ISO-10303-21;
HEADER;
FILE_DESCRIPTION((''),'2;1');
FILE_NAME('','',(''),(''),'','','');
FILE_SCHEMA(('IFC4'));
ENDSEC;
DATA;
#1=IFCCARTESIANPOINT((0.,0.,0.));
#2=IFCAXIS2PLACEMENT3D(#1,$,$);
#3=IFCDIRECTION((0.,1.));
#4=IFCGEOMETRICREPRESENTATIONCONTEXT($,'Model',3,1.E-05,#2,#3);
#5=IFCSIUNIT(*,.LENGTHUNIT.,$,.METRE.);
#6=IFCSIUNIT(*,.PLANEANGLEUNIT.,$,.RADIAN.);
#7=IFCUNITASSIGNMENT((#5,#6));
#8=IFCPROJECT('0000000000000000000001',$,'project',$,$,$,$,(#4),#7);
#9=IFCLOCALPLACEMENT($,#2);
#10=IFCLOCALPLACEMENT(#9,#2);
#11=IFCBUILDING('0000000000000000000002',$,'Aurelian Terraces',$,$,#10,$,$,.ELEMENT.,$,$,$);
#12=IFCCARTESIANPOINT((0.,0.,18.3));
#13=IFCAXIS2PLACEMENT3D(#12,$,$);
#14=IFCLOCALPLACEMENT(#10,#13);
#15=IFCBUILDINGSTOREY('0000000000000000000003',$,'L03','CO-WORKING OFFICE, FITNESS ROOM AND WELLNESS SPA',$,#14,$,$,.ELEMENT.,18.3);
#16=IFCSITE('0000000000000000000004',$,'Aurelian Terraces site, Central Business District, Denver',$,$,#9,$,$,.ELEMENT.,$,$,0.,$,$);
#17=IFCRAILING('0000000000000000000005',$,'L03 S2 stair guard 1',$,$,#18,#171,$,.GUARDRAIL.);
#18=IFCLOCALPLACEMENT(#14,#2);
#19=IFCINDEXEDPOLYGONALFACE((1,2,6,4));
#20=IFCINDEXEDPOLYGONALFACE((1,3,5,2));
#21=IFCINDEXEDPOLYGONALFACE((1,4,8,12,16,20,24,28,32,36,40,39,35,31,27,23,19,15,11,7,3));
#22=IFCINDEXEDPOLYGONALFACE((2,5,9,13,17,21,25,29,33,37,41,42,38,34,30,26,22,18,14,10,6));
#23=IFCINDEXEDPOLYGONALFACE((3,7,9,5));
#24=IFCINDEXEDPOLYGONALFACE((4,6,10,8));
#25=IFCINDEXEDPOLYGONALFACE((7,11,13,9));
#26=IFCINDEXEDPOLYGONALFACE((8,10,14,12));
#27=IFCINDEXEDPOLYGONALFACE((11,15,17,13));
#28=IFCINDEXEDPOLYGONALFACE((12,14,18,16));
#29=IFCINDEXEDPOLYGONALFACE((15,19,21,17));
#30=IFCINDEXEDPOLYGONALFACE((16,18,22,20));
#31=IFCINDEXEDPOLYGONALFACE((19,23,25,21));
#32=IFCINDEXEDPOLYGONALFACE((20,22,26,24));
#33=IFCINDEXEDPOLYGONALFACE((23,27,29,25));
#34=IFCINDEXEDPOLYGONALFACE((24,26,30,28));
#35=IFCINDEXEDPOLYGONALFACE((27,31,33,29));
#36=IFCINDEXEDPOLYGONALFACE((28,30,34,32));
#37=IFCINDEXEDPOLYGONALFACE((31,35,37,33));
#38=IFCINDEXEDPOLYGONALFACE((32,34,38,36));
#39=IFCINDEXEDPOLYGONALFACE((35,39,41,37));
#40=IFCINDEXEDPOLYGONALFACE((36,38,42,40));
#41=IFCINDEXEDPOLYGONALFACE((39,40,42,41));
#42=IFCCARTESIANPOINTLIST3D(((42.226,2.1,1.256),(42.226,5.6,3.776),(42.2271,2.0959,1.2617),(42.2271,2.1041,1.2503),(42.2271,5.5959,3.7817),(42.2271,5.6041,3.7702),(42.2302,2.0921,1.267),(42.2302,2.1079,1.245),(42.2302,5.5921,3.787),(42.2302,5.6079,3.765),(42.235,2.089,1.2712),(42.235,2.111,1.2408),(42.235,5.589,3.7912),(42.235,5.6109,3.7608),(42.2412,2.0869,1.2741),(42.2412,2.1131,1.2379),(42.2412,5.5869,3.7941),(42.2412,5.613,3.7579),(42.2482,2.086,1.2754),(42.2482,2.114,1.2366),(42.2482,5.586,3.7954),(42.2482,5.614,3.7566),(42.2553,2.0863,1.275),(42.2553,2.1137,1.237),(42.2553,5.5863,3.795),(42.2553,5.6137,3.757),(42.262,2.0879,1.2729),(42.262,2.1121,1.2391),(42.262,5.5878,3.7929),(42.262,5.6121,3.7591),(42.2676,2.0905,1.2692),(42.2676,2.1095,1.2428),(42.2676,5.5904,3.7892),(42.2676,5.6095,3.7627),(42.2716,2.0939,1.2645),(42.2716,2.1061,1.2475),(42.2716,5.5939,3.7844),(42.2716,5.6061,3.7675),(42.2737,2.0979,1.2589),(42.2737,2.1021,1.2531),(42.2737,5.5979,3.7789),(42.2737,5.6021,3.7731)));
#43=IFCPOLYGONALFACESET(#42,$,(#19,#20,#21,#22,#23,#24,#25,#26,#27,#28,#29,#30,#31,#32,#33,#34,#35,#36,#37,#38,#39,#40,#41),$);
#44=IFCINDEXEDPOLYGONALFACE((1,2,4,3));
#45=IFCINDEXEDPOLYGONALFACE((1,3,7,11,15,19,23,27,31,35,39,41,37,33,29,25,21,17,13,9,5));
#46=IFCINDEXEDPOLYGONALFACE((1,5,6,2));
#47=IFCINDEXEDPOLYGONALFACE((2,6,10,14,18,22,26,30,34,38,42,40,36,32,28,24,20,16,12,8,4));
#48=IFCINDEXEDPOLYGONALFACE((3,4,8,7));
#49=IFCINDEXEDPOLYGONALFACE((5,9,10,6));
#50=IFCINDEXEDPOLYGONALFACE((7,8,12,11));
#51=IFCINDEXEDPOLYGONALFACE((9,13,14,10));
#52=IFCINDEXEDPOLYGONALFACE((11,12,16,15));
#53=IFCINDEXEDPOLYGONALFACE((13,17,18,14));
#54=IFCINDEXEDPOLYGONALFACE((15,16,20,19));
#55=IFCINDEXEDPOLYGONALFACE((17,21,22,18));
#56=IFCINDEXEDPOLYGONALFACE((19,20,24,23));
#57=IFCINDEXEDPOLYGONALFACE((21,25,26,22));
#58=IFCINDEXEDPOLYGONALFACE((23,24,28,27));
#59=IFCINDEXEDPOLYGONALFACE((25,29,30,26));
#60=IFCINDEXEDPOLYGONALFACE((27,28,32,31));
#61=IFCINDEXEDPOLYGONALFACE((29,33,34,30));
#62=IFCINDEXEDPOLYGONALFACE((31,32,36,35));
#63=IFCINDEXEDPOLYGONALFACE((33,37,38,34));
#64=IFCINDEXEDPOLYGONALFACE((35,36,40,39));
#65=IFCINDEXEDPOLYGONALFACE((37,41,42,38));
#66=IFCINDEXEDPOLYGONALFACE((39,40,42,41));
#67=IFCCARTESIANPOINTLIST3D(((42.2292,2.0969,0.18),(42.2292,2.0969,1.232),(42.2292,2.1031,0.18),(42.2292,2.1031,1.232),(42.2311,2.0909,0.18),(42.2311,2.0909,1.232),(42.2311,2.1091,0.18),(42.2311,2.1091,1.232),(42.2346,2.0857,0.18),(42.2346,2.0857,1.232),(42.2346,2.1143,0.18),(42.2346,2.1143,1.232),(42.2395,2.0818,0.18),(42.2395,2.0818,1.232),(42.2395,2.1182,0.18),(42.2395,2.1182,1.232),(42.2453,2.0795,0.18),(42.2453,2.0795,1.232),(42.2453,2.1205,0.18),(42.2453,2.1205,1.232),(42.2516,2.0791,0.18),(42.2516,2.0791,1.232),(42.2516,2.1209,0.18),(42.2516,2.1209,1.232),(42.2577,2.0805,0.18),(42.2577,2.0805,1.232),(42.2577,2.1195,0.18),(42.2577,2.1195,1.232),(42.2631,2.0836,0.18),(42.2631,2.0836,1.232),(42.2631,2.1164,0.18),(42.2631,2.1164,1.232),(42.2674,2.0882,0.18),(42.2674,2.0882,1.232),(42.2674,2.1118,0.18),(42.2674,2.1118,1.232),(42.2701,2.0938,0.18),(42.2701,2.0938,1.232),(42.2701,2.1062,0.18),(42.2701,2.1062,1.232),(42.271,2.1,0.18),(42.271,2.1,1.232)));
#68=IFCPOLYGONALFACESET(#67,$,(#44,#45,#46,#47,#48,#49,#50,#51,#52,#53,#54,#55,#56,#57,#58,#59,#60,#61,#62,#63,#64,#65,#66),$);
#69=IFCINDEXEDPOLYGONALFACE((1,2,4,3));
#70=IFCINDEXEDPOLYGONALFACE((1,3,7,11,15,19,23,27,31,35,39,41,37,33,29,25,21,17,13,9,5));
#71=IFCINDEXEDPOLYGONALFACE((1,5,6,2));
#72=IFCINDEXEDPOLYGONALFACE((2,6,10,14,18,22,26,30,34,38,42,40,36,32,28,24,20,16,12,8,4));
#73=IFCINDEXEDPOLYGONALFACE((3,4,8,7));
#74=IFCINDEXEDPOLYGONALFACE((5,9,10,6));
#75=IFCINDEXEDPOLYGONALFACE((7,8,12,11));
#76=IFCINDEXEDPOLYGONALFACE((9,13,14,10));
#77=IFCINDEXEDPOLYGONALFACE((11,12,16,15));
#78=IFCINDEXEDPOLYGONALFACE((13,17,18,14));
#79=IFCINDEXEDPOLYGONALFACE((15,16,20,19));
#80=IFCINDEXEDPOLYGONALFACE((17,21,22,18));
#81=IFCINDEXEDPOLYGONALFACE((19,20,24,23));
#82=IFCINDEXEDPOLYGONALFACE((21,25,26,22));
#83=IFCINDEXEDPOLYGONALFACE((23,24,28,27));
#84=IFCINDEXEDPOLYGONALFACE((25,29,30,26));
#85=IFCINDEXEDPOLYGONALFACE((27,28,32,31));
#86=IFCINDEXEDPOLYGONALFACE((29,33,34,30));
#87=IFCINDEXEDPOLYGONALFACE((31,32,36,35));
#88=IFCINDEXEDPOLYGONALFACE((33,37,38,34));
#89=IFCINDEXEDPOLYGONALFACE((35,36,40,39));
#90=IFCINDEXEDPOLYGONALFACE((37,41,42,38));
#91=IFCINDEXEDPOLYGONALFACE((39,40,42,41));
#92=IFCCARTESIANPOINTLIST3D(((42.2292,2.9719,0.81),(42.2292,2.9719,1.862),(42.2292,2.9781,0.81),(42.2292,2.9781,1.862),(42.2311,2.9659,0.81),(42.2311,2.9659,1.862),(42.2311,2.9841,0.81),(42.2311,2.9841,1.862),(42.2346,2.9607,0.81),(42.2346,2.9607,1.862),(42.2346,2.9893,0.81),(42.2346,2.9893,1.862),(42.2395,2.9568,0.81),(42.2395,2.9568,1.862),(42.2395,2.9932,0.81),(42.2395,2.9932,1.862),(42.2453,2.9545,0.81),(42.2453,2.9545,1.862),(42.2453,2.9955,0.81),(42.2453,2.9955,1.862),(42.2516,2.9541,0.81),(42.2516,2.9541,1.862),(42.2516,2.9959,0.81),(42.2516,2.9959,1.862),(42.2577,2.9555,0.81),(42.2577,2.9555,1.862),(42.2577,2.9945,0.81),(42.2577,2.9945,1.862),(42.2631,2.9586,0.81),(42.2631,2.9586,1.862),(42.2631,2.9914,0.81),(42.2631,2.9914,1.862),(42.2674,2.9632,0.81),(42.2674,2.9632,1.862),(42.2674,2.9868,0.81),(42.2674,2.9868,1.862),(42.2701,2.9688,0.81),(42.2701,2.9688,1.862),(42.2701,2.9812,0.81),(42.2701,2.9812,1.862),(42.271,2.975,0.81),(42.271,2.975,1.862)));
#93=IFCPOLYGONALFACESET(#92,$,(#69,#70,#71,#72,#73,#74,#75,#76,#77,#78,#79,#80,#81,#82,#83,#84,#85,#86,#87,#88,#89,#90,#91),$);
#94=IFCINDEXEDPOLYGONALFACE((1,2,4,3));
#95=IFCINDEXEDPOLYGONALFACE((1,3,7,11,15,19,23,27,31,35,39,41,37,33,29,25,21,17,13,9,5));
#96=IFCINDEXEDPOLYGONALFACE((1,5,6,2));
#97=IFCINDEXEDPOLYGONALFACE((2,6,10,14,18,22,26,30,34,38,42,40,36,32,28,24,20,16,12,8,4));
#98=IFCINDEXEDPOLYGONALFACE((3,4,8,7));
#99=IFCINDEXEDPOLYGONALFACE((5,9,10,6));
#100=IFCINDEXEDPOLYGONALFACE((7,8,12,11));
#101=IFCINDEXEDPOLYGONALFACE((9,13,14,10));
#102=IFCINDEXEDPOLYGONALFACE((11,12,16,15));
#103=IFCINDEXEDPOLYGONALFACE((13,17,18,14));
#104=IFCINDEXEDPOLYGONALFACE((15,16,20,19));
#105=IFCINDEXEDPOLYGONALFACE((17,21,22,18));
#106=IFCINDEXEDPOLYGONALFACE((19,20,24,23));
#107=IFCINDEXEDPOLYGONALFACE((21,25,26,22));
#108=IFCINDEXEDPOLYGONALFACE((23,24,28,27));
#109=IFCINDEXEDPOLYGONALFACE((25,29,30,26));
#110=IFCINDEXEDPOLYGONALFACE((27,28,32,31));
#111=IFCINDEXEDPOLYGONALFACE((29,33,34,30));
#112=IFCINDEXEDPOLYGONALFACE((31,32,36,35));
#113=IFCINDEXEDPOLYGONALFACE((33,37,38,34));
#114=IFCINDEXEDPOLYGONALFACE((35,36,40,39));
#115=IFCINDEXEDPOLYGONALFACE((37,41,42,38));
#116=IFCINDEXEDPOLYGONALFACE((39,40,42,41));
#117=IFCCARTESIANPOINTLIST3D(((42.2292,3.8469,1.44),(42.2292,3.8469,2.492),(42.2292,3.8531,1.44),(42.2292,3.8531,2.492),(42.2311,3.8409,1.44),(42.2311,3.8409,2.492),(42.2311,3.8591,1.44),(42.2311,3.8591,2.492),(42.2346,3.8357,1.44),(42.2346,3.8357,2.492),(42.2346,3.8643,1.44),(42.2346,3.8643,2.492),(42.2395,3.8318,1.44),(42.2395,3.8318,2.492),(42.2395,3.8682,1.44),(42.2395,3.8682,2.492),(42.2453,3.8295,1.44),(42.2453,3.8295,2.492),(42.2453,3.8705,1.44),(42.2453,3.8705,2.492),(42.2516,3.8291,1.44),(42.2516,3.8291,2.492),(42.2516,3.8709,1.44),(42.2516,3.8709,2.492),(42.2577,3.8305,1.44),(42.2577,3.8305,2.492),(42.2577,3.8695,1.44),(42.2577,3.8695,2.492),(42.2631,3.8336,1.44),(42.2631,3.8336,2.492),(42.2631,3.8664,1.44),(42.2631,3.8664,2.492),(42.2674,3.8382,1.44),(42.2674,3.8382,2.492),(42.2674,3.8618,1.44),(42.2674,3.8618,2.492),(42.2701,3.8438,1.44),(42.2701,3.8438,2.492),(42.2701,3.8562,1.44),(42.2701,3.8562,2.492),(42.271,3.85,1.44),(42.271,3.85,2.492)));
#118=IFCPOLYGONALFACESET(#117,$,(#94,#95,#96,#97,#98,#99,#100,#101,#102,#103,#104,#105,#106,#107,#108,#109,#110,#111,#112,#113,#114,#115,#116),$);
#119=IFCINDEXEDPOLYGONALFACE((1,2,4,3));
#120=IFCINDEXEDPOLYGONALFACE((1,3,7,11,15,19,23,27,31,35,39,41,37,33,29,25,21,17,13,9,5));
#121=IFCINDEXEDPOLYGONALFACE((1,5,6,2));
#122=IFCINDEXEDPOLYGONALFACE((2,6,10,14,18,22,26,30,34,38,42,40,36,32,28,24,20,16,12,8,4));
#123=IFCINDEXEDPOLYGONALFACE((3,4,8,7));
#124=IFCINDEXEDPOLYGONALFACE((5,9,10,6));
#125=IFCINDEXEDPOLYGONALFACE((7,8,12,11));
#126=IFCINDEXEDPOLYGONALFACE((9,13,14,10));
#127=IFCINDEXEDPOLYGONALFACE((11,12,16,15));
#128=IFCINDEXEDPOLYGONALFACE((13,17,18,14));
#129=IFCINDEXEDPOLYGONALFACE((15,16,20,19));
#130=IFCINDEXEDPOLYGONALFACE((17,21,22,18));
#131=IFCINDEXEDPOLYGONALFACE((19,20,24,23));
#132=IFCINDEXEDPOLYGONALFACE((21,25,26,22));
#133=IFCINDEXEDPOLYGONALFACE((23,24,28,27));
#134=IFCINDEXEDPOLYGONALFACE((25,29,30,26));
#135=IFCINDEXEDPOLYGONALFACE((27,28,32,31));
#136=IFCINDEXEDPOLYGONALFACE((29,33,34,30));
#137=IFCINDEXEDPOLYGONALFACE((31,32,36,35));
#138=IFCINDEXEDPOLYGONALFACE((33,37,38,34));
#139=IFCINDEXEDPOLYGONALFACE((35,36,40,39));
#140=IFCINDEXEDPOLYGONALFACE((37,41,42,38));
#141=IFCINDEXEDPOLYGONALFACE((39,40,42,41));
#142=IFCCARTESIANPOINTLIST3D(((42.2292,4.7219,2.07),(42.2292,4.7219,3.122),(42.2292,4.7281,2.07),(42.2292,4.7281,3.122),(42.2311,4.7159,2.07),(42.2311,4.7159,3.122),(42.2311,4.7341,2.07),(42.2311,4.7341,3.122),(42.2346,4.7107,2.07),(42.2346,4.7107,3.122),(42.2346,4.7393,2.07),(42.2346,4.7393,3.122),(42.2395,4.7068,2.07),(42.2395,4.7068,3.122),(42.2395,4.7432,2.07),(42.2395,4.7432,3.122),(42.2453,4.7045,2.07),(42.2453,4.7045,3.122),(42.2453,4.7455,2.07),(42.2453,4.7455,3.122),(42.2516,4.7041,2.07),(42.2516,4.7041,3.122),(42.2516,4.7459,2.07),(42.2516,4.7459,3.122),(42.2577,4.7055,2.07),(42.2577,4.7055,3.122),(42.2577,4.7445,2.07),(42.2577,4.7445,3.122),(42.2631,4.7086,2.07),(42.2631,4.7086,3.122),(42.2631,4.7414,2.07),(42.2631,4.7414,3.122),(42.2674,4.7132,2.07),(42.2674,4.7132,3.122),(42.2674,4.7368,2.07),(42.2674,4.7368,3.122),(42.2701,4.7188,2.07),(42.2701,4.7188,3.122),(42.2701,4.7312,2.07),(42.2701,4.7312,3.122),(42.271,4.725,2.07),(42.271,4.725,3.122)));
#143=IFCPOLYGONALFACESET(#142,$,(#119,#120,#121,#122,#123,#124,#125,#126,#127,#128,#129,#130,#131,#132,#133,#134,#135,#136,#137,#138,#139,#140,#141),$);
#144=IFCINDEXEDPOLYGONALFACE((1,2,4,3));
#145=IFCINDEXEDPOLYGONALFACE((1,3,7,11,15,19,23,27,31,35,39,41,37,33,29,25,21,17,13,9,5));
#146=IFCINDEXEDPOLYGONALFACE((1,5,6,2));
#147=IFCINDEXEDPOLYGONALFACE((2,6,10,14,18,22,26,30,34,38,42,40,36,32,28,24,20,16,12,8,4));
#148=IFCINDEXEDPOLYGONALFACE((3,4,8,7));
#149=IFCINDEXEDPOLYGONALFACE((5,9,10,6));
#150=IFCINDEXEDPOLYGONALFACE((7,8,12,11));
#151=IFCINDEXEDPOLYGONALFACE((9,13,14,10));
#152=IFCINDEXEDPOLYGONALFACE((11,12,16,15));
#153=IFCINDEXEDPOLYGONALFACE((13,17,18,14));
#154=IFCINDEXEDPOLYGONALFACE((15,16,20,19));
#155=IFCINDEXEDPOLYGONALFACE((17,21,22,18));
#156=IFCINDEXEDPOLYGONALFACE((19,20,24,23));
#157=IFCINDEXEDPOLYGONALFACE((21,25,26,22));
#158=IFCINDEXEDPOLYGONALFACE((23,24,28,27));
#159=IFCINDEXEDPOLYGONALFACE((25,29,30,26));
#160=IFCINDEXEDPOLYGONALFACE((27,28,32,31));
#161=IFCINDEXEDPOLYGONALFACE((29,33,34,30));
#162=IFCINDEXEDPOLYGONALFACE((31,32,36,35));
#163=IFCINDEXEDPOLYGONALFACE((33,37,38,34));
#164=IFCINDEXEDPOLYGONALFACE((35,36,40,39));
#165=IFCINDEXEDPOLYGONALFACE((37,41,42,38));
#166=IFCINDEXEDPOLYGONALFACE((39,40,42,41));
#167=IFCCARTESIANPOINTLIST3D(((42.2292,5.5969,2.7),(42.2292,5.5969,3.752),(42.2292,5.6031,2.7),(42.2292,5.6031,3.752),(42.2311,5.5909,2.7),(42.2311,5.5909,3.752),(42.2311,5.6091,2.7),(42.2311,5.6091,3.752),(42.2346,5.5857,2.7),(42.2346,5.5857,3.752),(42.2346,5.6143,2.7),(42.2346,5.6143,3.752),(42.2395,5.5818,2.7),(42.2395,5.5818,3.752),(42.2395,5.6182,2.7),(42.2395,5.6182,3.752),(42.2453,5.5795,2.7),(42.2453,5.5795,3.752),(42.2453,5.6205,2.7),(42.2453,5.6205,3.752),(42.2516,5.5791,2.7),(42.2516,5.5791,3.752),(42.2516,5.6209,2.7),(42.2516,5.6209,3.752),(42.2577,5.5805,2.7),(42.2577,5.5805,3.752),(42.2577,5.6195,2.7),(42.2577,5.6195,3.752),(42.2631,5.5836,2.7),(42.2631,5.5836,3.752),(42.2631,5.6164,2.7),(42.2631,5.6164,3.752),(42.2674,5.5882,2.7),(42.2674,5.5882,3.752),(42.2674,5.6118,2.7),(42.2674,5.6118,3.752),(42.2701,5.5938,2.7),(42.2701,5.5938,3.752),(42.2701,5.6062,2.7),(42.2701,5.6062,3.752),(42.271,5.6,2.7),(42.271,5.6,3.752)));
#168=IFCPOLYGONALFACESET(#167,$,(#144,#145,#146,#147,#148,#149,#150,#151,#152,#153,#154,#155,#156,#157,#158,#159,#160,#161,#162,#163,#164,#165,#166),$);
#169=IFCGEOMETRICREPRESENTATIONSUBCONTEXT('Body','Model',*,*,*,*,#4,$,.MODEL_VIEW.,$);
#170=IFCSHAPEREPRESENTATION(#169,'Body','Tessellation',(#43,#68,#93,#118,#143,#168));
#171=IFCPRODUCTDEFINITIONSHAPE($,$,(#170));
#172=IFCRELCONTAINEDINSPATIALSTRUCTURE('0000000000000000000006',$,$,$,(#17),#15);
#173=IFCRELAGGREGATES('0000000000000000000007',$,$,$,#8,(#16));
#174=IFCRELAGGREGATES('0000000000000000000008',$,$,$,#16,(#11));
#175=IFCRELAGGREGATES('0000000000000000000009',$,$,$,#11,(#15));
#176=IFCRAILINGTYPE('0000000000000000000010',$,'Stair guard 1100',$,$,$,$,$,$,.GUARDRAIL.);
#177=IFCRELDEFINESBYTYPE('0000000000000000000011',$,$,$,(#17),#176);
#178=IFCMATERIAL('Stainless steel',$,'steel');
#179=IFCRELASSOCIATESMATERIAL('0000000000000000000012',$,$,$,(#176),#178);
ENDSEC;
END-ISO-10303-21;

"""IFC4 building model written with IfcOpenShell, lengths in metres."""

from ifc_helpers import new_model, si_unit, direction, frame, origin, origin_2d, place, context, subcontext, project, spatial, circle, extrude, source, transform, mapped, material, type_object, element, save


model = new_model("IFC4")

# Units and contexts
model_context = context("Model", 3, precision=1e-05, world=origin(), true_north=direction((0.0, 1.0)))
body_context = subcontext(model_context, "Body", "Model", "MODEL_VIEW")
ifc_project = project(units=[si_unit("LENGTHUNIT", "METRE"), si_unit("PLANEANGLEUNIT", "RADIAN")], contexts=[model_context])

# Site, building, storey
site_placement = place(None, origin())
site = spatial("IfcSite", under=ifc_project, at=site_placement, Name="Aurelian Terraces site, Central Business District, Denver", CompositionType="ELEMENT", RefElevation=0.0)
building_placement = place(site_placement, origin())
building = spatial("IfcBuilding", under=site, at=building_placement, Name="Aurelian Terraces", CompositionType="ELEMENT")
storey_placement = place(building_placement, frame((0.0, 0.0, 18.3)))
storey = spatial("IfcBuildingStorey", under=building, at=storey_placement, Name="L03", Description="CO-WORKING OFFICE, FITNESS ROOM AND WELLNESS SPA", CompositionType="ELEMENT", Elevation=18.3)

# Railing
ifc_material_1 = material(Name="Stainless steel", Category="steel")
railing_type_1 = type_object("IfcRailingType", Name="Stair guard 1100", PredefinedType="GUARDRAIL", material=ifc_material_1)
shared_shape_1 = source(origin(), body_context, "Body", "SweptSolid", [
    extrude(circle(Radius=0.024, at=origin_2d()), frame((0.0, 0.0, 1.076), z_axis=(0.0, 0.811534, 0.584305), x_axis=(-1.0, 0.0, 0.0)), (0.0, 0.0, 1.0), 4.3128),
    extrude(circle(Radius=0.021, at=origin_2d()), origin(), (0.0, 0.0, 1.0), 1.052),
    extrude(circle(Radius=0.021, at=origin_2d()), frame((0.0, 0.875, 0.63)), (0.0, 0.0, 1.0), 1.052),
    extrude(circle(Radius=0.021, at=origin_2d()), frame((0.0, 1.75, 1.26)), (0.0, 0.0, 1.0), 1.052),
    extrude(circle(Radius=0.021, at=origin_2d()), frame((0.0, 2.625, 1.89)), (0.0, 0.0, 1.0), 1.052),
    extrude(circle(Radius=0.021, at=origin_2d()), frame((0.0, 3.5, 2.52)), (0.0, 0.0, 1.0), 1.052),
])
railing_1_placement = place(storey_placement, frame((42.25, 2.1, 0.18)))
element("IfcRailing", 1, at=railing_1_placement, inside=storey, type_object=railing_type_1, Name="L03 S2 stair guard 1", PredefinedType="GUARDRAIL", context=body_context, shape_type="MappedRepresentation", body=[
    mapped(shared_shape_1, transform((0.0, 0.0, 0.0), scale=1.0)),
])

save(model, "model.ifc")
